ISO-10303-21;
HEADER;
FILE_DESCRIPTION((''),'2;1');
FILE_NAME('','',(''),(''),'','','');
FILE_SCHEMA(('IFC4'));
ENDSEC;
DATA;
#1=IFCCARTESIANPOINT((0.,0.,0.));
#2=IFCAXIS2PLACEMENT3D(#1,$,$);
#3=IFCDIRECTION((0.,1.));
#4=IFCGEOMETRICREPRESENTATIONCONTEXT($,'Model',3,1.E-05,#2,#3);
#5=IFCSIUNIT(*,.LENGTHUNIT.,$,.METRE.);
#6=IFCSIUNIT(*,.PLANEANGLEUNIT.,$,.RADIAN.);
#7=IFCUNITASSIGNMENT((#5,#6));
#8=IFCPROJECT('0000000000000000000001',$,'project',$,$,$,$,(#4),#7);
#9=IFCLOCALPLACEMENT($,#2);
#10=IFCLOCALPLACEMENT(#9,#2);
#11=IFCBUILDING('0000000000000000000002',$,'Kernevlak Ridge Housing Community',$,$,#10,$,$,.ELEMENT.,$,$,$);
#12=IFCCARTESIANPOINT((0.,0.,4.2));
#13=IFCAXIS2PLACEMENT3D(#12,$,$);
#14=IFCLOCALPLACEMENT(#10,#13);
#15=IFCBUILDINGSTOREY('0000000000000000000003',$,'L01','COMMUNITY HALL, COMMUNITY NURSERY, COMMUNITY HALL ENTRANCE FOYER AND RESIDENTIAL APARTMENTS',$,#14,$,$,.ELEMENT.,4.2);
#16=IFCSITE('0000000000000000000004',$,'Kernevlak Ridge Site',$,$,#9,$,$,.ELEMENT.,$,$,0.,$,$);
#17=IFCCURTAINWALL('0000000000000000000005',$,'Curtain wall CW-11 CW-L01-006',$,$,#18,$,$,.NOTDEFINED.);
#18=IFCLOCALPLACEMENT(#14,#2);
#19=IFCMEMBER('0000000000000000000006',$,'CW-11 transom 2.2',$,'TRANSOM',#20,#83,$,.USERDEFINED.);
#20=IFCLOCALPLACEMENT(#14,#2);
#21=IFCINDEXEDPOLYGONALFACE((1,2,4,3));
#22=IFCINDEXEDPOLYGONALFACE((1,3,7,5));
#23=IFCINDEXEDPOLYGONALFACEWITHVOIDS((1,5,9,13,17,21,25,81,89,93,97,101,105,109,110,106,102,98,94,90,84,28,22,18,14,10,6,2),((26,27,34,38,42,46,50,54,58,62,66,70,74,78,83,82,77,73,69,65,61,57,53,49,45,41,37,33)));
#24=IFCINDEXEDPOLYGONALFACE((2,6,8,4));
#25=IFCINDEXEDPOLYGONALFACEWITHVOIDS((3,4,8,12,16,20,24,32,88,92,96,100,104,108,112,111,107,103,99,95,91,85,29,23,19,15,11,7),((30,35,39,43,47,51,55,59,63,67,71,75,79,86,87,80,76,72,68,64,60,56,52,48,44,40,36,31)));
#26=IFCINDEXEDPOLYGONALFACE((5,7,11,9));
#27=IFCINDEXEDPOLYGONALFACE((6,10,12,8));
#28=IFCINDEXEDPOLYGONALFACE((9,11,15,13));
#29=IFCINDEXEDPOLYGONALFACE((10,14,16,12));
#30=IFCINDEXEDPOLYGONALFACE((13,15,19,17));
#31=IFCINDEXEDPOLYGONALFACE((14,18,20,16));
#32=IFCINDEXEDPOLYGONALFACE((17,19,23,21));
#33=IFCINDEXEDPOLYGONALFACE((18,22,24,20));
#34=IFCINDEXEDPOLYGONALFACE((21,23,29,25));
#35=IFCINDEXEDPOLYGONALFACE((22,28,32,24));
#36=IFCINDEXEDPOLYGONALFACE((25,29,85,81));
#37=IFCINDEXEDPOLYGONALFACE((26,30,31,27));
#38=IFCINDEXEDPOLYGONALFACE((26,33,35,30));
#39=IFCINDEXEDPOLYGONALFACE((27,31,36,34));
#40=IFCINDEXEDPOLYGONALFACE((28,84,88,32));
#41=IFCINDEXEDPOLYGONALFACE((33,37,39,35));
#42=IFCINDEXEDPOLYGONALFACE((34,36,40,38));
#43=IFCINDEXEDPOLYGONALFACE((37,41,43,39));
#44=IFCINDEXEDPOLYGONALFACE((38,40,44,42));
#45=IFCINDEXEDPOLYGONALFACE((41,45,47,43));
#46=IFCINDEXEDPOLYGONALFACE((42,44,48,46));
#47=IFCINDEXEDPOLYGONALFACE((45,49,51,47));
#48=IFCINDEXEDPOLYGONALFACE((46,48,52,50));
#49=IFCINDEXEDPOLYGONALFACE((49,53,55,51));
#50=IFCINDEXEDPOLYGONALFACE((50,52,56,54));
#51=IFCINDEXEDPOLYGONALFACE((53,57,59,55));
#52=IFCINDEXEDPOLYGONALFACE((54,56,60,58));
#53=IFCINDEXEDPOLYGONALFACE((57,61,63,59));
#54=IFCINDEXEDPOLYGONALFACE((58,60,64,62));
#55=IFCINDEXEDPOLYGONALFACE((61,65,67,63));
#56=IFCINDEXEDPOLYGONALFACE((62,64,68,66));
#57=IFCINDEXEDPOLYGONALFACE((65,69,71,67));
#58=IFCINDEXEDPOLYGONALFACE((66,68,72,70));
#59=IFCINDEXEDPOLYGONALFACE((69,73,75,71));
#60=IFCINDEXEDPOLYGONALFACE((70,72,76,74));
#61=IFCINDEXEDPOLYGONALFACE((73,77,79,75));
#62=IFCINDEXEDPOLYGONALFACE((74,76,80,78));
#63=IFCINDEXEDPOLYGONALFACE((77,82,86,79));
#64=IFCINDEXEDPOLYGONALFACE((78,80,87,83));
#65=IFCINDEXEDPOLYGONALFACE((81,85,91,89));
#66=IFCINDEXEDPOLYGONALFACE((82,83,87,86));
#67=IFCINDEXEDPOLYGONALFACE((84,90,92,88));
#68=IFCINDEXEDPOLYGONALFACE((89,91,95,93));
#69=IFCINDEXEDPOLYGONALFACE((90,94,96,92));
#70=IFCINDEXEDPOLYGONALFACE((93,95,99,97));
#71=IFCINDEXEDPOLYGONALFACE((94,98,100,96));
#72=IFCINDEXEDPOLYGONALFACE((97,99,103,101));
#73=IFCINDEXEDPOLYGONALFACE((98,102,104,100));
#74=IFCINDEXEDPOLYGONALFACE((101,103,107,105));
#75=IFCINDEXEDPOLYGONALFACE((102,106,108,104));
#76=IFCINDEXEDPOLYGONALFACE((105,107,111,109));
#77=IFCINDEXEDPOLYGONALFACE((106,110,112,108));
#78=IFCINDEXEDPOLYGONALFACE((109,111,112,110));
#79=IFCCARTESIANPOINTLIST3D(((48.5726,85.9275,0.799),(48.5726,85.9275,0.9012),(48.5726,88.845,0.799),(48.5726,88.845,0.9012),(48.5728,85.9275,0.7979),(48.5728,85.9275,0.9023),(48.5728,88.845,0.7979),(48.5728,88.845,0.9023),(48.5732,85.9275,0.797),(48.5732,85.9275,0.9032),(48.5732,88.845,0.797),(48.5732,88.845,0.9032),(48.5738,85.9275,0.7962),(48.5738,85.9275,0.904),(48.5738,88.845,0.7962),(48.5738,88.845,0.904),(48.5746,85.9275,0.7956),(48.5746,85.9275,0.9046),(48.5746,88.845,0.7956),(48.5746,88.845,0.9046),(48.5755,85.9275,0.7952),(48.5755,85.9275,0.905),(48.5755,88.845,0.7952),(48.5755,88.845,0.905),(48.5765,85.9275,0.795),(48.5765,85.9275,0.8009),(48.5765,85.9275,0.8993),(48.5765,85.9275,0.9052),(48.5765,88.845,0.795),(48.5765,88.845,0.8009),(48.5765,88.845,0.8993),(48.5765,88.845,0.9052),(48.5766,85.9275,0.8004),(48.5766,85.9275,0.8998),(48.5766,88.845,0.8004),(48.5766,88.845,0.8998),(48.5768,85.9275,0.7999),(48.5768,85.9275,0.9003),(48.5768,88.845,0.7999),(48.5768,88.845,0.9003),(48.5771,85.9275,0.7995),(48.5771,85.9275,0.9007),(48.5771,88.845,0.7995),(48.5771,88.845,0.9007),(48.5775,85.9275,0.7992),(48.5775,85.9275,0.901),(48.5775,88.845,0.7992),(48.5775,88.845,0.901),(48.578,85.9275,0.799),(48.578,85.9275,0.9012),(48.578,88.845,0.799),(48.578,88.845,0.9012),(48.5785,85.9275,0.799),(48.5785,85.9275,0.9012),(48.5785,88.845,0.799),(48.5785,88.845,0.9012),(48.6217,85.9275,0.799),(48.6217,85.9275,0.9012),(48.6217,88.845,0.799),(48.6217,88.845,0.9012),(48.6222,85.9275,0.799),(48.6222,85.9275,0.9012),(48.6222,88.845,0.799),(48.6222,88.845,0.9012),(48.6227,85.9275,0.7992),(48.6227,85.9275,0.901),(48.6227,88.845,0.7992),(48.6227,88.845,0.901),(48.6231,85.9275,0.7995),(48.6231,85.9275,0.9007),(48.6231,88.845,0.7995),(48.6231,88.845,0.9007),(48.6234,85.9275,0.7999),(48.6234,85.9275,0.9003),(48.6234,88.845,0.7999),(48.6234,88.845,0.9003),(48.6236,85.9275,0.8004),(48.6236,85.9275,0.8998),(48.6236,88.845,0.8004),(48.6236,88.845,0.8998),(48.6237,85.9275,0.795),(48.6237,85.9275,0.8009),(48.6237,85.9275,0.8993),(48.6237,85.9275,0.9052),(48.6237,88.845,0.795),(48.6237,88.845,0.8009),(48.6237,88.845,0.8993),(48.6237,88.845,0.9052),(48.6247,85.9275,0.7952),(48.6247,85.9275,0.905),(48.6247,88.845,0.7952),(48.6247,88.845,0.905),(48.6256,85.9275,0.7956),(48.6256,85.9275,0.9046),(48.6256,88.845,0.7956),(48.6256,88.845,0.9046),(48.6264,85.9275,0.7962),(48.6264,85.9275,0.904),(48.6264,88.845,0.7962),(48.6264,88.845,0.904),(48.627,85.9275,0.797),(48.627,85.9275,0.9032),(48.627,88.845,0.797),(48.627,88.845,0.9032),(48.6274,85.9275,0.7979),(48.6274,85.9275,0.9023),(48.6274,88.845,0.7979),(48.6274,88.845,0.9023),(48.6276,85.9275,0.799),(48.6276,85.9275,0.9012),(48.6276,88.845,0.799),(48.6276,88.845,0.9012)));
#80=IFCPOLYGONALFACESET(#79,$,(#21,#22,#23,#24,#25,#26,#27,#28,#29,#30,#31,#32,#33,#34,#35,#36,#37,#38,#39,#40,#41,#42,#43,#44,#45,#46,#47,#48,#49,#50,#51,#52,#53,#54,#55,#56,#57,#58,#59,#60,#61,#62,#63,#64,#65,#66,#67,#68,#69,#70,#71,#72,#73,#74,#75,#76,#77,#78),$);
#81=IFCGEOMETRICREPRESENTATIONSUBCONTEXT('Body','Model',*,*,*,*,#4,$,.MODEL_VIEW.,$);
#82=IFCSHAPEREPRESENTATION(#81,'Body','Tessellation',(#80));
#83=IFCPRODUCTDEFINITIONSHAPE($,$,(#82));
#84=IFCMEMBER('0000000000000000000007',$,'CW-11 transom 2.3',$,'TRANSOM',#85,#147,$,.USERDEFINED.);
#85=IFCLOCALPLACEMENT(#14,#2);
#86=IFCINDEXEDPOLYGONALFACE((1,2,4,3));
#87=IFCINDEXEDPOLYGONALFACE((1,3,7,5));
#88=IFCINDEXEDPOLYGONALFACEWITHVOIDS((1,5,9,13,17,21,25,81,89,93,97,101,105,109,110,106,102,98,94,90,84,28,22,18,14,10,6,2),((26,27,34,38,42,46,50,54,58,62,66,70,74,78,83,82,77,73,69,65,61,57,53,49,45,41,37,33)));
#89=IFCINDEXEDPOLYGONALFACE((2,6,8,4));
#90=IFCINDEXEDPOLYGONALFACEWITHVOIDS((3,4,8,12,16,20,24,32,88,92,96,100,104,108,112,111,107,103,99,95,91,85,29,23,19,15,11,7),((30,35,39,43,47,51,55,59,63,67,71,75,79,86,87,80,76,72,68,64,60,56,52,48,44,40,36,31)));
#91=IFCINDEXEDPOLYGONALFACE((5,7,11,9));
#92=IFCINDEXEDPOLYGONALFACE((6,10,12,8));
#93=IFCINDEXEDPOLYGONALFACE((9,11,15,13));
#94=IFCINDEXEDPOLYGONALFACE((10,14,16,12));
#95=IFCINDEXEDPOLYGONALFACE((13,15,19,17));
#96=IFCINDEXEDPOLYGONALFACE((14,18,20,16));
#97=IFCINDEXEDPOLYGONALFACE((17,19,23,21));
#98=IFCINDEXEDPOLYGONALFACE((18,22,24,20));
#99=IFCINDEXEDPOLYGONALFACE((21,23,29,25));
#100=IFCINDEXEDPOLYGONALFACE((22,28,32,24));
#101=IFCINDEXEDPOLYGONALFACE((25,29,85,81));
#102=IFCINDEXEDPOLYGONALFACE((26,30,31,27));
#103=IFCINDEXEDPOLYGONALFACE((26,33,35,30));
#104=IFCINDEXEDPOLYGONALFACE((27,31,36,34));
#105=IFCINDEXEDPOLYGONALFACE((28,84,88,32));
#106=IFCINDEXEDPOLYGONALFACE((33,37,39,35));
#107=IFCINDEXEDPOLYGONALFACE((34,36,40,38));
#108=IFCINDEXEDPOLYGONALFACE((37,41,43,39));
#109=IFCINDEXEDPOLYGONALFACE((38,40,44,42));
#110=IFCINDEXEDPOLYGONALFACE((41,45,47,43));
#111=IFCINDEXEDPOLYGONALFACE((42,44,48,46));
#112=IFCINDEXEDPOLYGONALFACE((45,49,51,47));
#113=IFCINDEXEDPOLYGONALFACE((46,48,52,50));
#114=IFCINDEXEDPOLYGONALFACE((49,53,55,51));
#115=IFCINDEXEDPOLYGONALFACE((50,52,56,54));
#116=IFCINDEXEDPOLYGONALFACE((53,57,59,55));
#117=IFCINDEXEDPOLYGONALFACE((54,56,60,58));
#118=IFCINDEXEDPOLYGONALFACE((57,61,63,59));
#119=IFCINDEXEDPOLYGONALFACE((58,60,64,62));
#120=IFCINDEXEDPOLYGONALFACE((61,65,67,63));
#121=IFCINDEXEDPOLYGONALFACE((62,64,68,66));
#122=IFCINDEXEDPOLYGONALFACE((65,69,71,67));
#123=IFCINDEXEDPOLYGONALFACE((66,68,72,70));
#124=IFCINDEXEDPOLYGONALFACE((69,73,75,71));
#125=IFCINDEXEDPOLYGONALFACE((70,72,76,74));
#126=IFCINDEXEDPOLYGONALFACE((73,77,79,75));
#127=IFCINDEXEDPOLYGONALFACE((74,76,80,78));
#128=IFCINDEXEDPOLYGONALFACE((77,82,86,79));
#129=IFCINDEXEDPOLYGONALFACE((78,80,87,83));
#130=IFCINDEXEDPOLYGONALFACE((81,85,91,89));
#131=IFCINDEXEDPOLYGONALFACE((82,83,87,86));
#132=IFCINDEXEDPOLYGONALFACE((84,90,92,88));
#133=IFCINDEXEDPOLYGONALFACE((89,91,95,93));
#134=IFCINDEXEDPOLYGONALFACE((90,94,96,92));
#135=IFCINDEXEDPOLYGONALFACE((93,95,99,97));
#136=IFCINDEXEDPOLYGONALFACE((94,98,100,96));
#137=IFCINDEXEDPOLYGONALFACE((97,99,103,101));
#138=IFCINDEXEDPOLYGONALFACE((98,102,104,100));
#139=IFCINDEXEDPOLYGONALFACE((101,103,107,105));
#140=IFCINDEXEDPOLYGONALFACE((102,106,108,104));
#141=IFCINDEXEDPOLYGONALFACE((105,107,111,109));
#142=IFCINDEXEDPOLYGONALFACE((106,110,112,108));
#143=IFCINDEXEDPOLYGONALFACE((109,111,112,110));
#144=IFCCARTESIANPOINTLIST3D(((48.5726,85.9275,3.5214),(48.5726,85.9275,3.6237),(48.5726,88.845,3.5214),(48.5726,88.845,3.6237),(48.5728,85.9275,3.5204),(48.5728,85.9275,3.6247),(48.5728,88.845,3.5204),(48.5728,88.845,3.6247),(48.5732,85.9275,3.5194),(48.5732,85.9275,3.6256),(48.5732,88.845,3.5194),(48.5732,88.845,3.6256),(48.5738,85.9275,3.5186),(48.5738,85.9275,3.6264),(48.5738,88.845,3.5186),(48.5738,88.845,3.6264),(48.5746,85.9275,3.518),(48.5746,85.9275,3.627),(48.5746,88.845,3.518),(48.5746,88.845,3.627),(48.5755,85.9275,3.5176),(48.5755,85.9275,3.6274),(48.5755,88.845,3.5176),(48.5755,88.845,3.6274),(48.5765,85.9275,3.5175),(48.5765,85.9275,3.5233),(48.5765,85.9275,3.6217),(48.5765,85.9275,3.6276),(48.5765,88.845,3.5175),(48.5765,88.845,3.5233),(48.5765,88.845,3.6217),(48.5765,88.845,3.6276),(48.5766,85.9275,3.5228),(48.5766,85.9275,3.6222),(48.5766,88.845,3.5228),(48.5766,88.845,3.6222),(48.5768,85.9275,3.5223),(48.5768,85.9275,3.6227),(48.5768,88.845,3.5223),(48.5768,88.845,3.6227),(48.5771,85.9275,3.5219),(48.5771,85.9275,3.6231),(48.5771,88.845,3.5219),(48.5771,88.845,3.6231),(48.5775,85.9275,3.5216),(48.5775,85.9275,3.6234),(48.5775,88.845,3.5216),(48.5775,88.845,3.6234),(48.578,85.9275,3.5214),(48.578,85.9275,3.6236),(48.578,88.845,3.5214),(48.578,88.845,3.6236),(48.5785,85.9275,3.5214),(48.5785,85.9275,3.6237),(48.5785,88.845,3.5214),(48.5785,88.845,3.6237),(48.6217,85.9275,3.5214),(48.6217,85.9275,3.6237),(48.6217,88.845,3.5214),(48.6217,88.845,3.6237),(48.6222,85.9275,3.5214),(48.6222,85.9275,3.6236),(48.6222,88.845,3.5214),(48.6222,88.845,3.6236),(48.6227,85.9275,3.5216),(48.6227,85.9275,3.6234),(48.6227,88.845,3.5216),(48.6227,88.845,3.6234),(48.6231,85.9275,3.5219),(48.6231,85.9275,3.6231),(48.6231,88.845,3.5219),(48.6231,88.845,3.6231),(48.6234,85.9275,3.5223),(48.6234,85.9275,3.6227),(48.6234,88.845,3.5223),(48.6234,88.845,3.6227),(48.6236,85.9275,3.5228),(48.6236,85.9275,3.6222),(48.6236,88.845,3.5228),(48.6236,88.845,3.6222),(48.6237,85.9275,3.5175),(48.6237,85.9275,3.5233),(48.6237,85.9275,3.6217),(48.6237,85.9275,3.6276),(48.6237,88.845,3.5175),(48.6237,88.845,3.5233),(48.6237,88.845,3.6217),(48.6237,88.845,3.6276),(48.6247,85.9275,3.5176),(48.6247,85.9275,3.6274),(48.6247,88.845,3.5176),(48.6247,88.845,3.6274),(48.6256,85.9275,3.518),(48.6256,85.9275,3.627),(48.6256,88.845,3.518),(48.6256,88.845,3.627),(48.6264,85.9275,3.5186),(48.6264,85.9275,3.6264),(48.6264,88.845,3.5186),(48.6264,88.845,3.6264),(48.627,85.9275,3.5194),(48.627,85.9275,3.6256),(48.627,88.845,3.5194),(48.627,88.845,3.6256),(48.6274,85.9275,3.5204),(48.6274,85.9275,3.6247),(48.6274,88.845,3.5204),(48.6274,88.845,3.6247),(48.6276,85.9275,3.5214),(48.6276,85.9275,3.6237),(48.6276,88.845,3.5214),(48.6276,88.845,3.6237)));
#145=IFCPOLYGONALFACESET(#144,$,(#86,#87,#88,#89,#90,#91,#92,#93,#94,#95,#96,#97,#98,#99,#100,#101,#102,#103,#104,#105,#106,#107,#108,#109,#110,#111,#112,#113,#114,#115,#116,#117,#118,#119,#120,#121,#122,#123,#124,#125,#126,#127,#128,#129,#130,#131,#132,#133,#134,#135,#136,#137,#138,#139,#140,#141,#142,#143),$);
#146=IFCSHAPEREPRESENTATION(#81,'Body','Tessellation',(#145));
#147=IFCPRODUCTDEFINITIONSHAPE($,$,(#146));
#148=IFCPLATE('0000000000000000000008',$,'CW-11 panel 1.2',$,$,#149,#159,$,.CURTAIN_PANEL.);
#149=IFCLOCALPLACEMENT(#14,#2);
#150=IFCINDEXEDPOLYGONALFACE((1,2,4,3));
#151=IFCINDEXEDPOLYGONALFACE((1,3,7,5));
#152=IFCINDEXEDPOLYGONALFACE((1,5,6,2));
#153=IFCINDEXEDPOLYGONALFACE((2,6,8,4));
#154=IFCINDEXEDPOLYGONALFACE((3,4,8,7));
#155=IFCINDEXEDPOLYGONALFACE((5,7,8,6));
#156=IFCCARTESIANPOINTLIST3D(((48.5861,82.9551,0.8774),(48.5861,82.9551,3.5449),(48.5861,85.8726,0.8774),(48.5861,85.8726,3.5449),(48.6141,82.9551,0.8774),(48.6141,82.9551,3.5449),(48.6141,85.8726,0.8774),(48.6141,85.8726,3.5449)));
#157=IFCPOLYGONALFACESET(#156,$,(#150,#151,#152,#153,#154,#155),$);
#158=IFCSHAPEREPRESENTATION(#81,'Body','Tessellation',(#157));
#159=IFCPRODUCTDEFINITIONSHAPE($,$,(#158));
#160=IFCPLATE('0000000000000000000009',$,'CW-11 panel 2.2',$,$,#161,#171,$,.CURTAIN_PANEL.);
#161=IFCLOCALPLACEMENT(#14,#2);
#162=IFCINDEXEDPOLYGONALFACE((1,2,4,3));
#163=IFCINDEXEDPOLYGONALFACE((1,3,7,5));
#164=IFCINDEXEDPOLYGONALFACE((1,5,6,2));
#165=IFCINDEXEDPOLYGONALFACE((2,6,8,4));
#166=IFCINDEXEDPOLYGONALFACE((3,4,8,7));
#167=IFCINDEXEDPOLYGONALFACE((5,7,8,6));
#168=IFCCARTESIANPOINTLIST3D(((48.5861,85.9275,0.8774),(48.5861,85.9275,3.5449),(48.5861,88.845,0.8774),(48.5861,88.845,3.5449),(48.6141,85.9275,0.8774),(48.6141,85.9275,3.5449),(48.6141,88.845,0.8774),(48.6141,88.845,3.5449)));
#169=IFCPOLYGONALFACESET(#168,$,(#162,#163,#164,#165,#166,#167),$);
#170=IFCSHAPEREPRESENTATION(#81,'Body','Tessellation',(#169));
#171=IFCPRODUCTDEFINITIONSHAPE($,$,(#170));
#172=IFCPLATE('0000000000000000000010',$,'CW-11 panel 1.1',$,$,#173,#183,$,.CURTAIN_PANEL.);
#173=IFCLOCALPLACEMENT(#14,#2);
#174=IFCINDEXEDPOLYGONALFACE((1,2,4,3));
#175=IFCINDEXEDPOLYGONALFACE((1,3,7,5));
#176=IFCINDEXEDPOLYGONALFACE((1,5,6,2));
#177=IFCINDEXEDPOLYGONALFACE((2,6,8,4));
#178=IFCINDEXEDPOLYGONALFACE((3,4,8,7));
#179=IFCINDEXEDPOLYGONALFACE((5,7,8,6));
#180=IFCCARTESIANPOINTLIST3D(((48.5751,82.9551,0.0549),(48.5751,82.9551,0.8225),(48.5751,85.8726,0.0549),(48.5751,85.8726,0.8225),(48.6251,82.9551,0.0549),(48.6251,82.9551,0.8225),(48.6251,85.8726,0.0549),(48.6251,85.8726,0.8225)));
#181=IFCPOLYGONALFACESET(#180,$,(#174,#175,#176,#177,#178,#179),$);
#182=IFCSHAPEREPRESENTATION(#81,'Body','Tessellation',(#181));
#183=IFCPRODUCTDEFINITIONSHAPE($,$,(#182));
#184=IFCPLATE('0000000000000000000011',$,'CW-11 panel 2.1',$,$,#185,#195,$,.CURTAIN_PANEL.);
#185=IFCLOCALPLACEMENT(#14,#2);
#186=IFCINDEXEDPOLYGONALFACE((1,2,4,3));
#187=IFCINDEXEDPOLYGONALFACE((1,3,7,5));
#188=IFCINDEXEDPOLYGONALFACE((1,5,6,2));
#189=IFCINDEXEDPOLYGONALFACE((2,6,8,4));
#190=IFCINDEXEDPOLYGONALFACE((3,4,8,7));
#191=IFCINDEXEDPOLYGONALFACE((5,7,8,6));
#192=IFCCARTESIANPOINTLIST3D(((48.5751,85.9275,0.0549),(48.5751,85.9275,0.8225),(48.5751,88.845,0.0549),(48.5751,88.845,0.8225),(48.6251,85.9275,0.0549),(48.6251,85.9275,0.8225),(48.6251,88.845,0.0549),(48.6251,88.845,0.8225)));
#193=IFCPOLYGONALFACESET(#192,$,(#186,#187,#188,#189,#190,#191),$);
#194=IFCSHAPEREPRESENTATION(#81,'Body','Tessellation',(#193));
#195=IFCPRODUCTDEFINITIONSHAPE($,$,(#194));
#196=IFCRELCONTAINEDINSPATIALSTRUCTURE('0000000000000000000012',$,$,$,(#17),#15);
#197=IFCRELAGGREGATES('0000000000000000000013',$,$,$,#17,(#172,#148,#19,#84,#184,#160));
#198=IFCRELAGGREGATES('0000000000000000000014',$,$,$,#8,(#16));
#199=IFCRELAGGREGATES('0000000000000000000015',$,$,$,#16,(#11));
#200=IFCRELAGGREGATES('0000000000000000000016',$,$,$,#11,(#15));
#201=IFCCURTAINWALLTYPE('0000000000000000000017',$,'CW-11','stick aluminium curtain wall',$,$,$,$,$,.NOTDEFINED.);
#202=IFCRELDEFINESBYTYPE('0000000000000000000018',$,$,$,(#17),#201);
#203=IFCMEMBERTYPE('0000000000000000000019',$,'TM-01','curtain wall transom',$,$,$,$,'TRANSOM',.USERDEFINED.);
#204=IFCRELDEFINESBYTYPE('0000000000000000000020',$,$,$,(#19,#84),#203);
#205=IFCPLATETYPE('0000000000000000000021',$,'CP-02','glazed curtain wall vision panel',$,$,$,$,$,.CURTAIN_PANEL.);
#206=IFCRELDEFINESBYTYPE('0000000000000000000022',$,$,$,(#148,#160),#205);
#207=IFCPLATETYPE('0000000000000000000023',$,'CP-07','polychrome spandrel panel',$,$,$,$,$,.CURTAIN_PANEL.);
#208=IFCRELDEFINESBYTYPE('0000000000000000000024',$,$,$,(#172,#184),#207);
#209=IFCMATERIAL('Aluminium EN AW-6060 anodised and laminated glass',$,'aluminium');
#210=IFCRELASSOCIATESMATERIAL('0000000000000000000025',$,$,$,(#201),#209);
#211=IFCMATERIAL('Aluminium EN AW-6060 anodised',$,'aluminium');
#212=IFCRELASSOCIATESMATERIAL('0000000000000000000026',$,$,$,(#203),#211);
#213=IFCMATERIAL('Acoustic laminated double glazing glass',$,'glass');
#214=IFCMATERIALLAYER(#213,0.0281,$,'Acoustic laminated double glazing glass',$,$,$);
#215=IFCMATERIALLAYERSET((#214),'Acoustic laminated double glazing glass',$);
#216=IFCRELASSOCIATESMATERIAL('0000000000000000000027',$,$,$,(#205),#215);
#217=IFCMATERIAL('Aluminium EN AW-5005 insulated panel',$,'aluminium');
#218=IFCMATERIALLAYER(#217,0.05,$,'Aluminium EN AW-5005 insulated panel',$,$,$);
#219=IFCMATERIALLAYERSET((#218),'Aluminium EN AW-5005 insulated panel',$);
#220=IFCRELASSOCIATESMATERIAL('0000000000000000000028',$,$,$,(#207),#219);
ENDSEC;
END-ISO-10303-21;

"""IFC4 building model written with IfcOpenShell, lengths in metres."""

from ifc_helpers import new_model, si_unit, direction, frame, origin, origin_2d, place, context, subcontext, project, spatial, rectangle, hollow_rectangle, extrude, material, layer, layer_set, material_profile, profile_set, type_object, element, aggregate, save


model = new_model("IFC4")

# Units and contexts
model_context = context("Model", 3, precision=1e-05, world=origin(), true_north=direction((0.0, 1.0)))
body_context = subcontext(model_context, "Body", "Model", "MODEL_VIEW")
ifc_project = project(units=[si_unit("LENGTHUNIT", "METRE"), si_unit("PLANEANGLEUNIT", "RADIAN")], contexts=[model_context])

# Site, building, storey
site_placement = place(None, origin())
site = spatial("IfcSite", under=ifc_project, at=site_placement, Name="Kernevlak Ridge Site", CompositionType="ELEMENT", RefElevation=0.0)
building_placement = place(site_placement, origin())
building = spatial("IfcBuilding", under=site, at=building_placement, Name="Kernevlak Ridge Housing Community", CompositionType="ELEMENT")
storey_placement = place(building_placement, frame((0.0, 0.0, 4.2)))
storey = spatial("IfcBuildingStorey", under=building, at=storey_placement, Name="L01", Description="COMMUNITY HALL, COMMUNITY NURSERY, COMMUNITY HALL ENTRANCE FOYER AND RESIDENTIAL APARTMENTS", CompositionType="ELEMENT", Elevation=4.2)

# Curtain wall
ifc_material_1 = material(Name="Aluminium EN AW-6060 anodised and laminated glass", Category="aluminium")
curtain_wall_type = type_object("IfcCurtainWallType", Name="CW-11", Description="stick aluminium curtain wall", PredefinedType="NOTDEFINED", material=ifc_material_1)
curtain_wall_placement = place(storey_placement, origin())
curtain_wall = element("IfcCurtainWall", 1, at=curtain_wall_placement, inside=storey, type_object=curtain_wall_type, Name="Curtain wall CW-11 CW-L01-006", PredefinedType="NOTDEFINED")
ifc_material_2 = material(Name="Aluminium EN AW-6060 anodised", Category="aluminium")

# Members
ifc_material_profile_1 = material_profile(ifc_material_2, hollow_rectangle(XDim=0.0549, YDim=0.1101, WallThickness=0.0039, InnerFilletRadius=0.002, OuterFilletRadius=0.0039, at=origin_2d()), Name="ALU 55x110x4")
ifc_profile_set_1 = profile_set([ifc_material_profile_1], Name="Aluminium EN AW-6060 anodised")
member_type_1 = type_object("IfcMemberType", Name="TM-01", Description="curtain wall transom", ElementType="TRANSOM", PredefinedType="USERDEFINED", material=ifc_profile_set_1)
member_1_placement = place(storey_placement, frame((48.6001, 85.9275, 0.8501), z_axis=(0.0, 1.0, 0.0), x_axis=(-1.0, 0.0, 0.0)))
member_1 = element("IfcMember", 2, at=member_1_placement, type_object=member_type_1, Name="CW-11 transom 2.2", ObjectType="TRANSOM", PredefinedType="USERDEFINED", context=body_context, shape_type="SweptSolid", body=[
    extrude(hollow_rectangle(XDim=0.0549, YDim=0.1101, WallThickness=0.0039, InnerFilletRadius=0.002, OuterFilletRadius=0.0039, at=origin_2d()), origin(), (0.0, 0.0, 1.0), 2.9175),
])
member_2_placement = place(storey_placement, frame((48.6001, 85.9275, 3.5725), z_axis=(0.0, 1.0, 0.0), x_axis=(-1.0, 0.0, 0.0)))
member_2 = element("IfcMember", 3, at=member_2_placement, type_object=member_type_1, Name="CW-11 transom 2.3", ObjectType="TRANSOM", PredefinedType="USERDEFINED", context=body_context, shape_type="SweptSolid", body=[
    extrude(hollow_rectangle(XDim=0.0549, YDim=0.1101, WallThickness=0.0039, InnerFilletRadius=0.002, OuterFilletRadius=0.0039, at=origin_2d()), origin(), (0.0, 0.0, 1.0), 2.9175),
])

# Plates
ifc_material_3 = material(Name="Acoustic laminated double glazing glass", Category="glass")
ifc_layer_1 = layer(ifc_material_3, 0.0281, Name="Acoustic laminated double glazing glass")
ifc_layer_set_1 = layer_set([ifc_layer_1], Name="Acoustic laminated double glazing glass")
plate_type_1 = type_object("IfcPlateType", Name="CP-02", Description="glazed curtain wall vision panel", PredefinedType="CURTAIN_PANEL", material=ifc_layer_set_1)
plate_1_placement = place(storey_placement, frame((48.6001, 84.4138, 0.8774), z_axis=(0.0, 0.0, 1.0), x_axis=(0.0, 1.0, 0.0)))
plate_1 = element("IfcPlate", 4, at=plate_1_placement, type_object=plate_type_1, Name="CW-11 panel 1.2", PredefinedType="CURTAIN_PANEL", context=body_context, shape_type="SweptSolid", body=[
    extrude(rectangle(XDim=2.9175, YDim=0.0281, at=origin_2d()), origin(), (0.0, 0.0, 1.0), 2.6675),
])
plate_2_placement = place(storey_placement, frame((48.6001, 87.3862, 0.8774), z_axis=(0.0, 0.0, 1.0), x_axis=(0.0, 1.0, 0.0)))
plate_2 = element("IfcPlate", 5, at=plate_2_placement, type_object=plate_type_1, Name="CW-11 panel 2.2", PredefinedType="CURTAIN_PANEL", context=body_context, shape_type="SweptSolid", body=[
    extrude(rectangle(XDim=2.9175, YDim=0.0281, at=origin_2d()), origin(), (0.0, 0.0, 1.0), 2.6675),
])
ifc_material_4 = material(Name="Aluminium EN AW-5005 insulated panel", Category="aluminium")
ifc_layer_2 = layer(ifc_material_4, 0.05, Name="Aluminium EN AW-5005 insulated panel")
ifc_layer_set_2 = layer_set([ifc_layer_2], Name="Aluminium EN AW-5005 insulated panel")
plate_type_2 = type_object("IfcPlateType", Name="CP-07", Description="polychrome spandrel panel", PredefinedType="CURTAIN_PANEL", material=ifc_layer_set_2)
plate_3_placement = place(storey_placement, frame((48.6001, 84.4138, 0.0549), z_axis=(0.0, 0.0, 1.0), x_axis=(0.0, 1.0, 0.0)))
plate_3 = element("IfcPlate", 6, at=plate_3_placement, type_object=plate_type_2, Name="CW-11 panel 1.1", PredefinedType="CURTAIN_PANEL", context=body_context, shape_type="SweptSolid", body=[
    extrude(rectangle(XDim=2.9175, YDim=0.05, at=origin_2d()), origin(), (0.0, 0.0, 1.0), 0.7676),
])
plate_4_placement = place(storey_placement, frame((48.6001, 87.3862, 0.0549), z_axis=(0.0, 0.0, 1.0), x_axis=(0.0, 1.0, 0.0)))
plate_4 = element("IfcPlate", 7, at=plate_4_placement, type_object=plate_type_2, Name="CW-11 panel 2.1", PredefinedType="CURTAIN_PANEL", context=body_context, shape_type="SweptSolid", body=[
    extrude(rectangle(XDim=2.9175, YDim=0.05, at=origin_2d()), origin(), (0.0, 0.0, 1.0), 0.7676),
])
aggregate(curtain_wall, [plate_3, plate_1, member_1, member_2, plate_4, plate_2])

save(model, "model.ifc")
